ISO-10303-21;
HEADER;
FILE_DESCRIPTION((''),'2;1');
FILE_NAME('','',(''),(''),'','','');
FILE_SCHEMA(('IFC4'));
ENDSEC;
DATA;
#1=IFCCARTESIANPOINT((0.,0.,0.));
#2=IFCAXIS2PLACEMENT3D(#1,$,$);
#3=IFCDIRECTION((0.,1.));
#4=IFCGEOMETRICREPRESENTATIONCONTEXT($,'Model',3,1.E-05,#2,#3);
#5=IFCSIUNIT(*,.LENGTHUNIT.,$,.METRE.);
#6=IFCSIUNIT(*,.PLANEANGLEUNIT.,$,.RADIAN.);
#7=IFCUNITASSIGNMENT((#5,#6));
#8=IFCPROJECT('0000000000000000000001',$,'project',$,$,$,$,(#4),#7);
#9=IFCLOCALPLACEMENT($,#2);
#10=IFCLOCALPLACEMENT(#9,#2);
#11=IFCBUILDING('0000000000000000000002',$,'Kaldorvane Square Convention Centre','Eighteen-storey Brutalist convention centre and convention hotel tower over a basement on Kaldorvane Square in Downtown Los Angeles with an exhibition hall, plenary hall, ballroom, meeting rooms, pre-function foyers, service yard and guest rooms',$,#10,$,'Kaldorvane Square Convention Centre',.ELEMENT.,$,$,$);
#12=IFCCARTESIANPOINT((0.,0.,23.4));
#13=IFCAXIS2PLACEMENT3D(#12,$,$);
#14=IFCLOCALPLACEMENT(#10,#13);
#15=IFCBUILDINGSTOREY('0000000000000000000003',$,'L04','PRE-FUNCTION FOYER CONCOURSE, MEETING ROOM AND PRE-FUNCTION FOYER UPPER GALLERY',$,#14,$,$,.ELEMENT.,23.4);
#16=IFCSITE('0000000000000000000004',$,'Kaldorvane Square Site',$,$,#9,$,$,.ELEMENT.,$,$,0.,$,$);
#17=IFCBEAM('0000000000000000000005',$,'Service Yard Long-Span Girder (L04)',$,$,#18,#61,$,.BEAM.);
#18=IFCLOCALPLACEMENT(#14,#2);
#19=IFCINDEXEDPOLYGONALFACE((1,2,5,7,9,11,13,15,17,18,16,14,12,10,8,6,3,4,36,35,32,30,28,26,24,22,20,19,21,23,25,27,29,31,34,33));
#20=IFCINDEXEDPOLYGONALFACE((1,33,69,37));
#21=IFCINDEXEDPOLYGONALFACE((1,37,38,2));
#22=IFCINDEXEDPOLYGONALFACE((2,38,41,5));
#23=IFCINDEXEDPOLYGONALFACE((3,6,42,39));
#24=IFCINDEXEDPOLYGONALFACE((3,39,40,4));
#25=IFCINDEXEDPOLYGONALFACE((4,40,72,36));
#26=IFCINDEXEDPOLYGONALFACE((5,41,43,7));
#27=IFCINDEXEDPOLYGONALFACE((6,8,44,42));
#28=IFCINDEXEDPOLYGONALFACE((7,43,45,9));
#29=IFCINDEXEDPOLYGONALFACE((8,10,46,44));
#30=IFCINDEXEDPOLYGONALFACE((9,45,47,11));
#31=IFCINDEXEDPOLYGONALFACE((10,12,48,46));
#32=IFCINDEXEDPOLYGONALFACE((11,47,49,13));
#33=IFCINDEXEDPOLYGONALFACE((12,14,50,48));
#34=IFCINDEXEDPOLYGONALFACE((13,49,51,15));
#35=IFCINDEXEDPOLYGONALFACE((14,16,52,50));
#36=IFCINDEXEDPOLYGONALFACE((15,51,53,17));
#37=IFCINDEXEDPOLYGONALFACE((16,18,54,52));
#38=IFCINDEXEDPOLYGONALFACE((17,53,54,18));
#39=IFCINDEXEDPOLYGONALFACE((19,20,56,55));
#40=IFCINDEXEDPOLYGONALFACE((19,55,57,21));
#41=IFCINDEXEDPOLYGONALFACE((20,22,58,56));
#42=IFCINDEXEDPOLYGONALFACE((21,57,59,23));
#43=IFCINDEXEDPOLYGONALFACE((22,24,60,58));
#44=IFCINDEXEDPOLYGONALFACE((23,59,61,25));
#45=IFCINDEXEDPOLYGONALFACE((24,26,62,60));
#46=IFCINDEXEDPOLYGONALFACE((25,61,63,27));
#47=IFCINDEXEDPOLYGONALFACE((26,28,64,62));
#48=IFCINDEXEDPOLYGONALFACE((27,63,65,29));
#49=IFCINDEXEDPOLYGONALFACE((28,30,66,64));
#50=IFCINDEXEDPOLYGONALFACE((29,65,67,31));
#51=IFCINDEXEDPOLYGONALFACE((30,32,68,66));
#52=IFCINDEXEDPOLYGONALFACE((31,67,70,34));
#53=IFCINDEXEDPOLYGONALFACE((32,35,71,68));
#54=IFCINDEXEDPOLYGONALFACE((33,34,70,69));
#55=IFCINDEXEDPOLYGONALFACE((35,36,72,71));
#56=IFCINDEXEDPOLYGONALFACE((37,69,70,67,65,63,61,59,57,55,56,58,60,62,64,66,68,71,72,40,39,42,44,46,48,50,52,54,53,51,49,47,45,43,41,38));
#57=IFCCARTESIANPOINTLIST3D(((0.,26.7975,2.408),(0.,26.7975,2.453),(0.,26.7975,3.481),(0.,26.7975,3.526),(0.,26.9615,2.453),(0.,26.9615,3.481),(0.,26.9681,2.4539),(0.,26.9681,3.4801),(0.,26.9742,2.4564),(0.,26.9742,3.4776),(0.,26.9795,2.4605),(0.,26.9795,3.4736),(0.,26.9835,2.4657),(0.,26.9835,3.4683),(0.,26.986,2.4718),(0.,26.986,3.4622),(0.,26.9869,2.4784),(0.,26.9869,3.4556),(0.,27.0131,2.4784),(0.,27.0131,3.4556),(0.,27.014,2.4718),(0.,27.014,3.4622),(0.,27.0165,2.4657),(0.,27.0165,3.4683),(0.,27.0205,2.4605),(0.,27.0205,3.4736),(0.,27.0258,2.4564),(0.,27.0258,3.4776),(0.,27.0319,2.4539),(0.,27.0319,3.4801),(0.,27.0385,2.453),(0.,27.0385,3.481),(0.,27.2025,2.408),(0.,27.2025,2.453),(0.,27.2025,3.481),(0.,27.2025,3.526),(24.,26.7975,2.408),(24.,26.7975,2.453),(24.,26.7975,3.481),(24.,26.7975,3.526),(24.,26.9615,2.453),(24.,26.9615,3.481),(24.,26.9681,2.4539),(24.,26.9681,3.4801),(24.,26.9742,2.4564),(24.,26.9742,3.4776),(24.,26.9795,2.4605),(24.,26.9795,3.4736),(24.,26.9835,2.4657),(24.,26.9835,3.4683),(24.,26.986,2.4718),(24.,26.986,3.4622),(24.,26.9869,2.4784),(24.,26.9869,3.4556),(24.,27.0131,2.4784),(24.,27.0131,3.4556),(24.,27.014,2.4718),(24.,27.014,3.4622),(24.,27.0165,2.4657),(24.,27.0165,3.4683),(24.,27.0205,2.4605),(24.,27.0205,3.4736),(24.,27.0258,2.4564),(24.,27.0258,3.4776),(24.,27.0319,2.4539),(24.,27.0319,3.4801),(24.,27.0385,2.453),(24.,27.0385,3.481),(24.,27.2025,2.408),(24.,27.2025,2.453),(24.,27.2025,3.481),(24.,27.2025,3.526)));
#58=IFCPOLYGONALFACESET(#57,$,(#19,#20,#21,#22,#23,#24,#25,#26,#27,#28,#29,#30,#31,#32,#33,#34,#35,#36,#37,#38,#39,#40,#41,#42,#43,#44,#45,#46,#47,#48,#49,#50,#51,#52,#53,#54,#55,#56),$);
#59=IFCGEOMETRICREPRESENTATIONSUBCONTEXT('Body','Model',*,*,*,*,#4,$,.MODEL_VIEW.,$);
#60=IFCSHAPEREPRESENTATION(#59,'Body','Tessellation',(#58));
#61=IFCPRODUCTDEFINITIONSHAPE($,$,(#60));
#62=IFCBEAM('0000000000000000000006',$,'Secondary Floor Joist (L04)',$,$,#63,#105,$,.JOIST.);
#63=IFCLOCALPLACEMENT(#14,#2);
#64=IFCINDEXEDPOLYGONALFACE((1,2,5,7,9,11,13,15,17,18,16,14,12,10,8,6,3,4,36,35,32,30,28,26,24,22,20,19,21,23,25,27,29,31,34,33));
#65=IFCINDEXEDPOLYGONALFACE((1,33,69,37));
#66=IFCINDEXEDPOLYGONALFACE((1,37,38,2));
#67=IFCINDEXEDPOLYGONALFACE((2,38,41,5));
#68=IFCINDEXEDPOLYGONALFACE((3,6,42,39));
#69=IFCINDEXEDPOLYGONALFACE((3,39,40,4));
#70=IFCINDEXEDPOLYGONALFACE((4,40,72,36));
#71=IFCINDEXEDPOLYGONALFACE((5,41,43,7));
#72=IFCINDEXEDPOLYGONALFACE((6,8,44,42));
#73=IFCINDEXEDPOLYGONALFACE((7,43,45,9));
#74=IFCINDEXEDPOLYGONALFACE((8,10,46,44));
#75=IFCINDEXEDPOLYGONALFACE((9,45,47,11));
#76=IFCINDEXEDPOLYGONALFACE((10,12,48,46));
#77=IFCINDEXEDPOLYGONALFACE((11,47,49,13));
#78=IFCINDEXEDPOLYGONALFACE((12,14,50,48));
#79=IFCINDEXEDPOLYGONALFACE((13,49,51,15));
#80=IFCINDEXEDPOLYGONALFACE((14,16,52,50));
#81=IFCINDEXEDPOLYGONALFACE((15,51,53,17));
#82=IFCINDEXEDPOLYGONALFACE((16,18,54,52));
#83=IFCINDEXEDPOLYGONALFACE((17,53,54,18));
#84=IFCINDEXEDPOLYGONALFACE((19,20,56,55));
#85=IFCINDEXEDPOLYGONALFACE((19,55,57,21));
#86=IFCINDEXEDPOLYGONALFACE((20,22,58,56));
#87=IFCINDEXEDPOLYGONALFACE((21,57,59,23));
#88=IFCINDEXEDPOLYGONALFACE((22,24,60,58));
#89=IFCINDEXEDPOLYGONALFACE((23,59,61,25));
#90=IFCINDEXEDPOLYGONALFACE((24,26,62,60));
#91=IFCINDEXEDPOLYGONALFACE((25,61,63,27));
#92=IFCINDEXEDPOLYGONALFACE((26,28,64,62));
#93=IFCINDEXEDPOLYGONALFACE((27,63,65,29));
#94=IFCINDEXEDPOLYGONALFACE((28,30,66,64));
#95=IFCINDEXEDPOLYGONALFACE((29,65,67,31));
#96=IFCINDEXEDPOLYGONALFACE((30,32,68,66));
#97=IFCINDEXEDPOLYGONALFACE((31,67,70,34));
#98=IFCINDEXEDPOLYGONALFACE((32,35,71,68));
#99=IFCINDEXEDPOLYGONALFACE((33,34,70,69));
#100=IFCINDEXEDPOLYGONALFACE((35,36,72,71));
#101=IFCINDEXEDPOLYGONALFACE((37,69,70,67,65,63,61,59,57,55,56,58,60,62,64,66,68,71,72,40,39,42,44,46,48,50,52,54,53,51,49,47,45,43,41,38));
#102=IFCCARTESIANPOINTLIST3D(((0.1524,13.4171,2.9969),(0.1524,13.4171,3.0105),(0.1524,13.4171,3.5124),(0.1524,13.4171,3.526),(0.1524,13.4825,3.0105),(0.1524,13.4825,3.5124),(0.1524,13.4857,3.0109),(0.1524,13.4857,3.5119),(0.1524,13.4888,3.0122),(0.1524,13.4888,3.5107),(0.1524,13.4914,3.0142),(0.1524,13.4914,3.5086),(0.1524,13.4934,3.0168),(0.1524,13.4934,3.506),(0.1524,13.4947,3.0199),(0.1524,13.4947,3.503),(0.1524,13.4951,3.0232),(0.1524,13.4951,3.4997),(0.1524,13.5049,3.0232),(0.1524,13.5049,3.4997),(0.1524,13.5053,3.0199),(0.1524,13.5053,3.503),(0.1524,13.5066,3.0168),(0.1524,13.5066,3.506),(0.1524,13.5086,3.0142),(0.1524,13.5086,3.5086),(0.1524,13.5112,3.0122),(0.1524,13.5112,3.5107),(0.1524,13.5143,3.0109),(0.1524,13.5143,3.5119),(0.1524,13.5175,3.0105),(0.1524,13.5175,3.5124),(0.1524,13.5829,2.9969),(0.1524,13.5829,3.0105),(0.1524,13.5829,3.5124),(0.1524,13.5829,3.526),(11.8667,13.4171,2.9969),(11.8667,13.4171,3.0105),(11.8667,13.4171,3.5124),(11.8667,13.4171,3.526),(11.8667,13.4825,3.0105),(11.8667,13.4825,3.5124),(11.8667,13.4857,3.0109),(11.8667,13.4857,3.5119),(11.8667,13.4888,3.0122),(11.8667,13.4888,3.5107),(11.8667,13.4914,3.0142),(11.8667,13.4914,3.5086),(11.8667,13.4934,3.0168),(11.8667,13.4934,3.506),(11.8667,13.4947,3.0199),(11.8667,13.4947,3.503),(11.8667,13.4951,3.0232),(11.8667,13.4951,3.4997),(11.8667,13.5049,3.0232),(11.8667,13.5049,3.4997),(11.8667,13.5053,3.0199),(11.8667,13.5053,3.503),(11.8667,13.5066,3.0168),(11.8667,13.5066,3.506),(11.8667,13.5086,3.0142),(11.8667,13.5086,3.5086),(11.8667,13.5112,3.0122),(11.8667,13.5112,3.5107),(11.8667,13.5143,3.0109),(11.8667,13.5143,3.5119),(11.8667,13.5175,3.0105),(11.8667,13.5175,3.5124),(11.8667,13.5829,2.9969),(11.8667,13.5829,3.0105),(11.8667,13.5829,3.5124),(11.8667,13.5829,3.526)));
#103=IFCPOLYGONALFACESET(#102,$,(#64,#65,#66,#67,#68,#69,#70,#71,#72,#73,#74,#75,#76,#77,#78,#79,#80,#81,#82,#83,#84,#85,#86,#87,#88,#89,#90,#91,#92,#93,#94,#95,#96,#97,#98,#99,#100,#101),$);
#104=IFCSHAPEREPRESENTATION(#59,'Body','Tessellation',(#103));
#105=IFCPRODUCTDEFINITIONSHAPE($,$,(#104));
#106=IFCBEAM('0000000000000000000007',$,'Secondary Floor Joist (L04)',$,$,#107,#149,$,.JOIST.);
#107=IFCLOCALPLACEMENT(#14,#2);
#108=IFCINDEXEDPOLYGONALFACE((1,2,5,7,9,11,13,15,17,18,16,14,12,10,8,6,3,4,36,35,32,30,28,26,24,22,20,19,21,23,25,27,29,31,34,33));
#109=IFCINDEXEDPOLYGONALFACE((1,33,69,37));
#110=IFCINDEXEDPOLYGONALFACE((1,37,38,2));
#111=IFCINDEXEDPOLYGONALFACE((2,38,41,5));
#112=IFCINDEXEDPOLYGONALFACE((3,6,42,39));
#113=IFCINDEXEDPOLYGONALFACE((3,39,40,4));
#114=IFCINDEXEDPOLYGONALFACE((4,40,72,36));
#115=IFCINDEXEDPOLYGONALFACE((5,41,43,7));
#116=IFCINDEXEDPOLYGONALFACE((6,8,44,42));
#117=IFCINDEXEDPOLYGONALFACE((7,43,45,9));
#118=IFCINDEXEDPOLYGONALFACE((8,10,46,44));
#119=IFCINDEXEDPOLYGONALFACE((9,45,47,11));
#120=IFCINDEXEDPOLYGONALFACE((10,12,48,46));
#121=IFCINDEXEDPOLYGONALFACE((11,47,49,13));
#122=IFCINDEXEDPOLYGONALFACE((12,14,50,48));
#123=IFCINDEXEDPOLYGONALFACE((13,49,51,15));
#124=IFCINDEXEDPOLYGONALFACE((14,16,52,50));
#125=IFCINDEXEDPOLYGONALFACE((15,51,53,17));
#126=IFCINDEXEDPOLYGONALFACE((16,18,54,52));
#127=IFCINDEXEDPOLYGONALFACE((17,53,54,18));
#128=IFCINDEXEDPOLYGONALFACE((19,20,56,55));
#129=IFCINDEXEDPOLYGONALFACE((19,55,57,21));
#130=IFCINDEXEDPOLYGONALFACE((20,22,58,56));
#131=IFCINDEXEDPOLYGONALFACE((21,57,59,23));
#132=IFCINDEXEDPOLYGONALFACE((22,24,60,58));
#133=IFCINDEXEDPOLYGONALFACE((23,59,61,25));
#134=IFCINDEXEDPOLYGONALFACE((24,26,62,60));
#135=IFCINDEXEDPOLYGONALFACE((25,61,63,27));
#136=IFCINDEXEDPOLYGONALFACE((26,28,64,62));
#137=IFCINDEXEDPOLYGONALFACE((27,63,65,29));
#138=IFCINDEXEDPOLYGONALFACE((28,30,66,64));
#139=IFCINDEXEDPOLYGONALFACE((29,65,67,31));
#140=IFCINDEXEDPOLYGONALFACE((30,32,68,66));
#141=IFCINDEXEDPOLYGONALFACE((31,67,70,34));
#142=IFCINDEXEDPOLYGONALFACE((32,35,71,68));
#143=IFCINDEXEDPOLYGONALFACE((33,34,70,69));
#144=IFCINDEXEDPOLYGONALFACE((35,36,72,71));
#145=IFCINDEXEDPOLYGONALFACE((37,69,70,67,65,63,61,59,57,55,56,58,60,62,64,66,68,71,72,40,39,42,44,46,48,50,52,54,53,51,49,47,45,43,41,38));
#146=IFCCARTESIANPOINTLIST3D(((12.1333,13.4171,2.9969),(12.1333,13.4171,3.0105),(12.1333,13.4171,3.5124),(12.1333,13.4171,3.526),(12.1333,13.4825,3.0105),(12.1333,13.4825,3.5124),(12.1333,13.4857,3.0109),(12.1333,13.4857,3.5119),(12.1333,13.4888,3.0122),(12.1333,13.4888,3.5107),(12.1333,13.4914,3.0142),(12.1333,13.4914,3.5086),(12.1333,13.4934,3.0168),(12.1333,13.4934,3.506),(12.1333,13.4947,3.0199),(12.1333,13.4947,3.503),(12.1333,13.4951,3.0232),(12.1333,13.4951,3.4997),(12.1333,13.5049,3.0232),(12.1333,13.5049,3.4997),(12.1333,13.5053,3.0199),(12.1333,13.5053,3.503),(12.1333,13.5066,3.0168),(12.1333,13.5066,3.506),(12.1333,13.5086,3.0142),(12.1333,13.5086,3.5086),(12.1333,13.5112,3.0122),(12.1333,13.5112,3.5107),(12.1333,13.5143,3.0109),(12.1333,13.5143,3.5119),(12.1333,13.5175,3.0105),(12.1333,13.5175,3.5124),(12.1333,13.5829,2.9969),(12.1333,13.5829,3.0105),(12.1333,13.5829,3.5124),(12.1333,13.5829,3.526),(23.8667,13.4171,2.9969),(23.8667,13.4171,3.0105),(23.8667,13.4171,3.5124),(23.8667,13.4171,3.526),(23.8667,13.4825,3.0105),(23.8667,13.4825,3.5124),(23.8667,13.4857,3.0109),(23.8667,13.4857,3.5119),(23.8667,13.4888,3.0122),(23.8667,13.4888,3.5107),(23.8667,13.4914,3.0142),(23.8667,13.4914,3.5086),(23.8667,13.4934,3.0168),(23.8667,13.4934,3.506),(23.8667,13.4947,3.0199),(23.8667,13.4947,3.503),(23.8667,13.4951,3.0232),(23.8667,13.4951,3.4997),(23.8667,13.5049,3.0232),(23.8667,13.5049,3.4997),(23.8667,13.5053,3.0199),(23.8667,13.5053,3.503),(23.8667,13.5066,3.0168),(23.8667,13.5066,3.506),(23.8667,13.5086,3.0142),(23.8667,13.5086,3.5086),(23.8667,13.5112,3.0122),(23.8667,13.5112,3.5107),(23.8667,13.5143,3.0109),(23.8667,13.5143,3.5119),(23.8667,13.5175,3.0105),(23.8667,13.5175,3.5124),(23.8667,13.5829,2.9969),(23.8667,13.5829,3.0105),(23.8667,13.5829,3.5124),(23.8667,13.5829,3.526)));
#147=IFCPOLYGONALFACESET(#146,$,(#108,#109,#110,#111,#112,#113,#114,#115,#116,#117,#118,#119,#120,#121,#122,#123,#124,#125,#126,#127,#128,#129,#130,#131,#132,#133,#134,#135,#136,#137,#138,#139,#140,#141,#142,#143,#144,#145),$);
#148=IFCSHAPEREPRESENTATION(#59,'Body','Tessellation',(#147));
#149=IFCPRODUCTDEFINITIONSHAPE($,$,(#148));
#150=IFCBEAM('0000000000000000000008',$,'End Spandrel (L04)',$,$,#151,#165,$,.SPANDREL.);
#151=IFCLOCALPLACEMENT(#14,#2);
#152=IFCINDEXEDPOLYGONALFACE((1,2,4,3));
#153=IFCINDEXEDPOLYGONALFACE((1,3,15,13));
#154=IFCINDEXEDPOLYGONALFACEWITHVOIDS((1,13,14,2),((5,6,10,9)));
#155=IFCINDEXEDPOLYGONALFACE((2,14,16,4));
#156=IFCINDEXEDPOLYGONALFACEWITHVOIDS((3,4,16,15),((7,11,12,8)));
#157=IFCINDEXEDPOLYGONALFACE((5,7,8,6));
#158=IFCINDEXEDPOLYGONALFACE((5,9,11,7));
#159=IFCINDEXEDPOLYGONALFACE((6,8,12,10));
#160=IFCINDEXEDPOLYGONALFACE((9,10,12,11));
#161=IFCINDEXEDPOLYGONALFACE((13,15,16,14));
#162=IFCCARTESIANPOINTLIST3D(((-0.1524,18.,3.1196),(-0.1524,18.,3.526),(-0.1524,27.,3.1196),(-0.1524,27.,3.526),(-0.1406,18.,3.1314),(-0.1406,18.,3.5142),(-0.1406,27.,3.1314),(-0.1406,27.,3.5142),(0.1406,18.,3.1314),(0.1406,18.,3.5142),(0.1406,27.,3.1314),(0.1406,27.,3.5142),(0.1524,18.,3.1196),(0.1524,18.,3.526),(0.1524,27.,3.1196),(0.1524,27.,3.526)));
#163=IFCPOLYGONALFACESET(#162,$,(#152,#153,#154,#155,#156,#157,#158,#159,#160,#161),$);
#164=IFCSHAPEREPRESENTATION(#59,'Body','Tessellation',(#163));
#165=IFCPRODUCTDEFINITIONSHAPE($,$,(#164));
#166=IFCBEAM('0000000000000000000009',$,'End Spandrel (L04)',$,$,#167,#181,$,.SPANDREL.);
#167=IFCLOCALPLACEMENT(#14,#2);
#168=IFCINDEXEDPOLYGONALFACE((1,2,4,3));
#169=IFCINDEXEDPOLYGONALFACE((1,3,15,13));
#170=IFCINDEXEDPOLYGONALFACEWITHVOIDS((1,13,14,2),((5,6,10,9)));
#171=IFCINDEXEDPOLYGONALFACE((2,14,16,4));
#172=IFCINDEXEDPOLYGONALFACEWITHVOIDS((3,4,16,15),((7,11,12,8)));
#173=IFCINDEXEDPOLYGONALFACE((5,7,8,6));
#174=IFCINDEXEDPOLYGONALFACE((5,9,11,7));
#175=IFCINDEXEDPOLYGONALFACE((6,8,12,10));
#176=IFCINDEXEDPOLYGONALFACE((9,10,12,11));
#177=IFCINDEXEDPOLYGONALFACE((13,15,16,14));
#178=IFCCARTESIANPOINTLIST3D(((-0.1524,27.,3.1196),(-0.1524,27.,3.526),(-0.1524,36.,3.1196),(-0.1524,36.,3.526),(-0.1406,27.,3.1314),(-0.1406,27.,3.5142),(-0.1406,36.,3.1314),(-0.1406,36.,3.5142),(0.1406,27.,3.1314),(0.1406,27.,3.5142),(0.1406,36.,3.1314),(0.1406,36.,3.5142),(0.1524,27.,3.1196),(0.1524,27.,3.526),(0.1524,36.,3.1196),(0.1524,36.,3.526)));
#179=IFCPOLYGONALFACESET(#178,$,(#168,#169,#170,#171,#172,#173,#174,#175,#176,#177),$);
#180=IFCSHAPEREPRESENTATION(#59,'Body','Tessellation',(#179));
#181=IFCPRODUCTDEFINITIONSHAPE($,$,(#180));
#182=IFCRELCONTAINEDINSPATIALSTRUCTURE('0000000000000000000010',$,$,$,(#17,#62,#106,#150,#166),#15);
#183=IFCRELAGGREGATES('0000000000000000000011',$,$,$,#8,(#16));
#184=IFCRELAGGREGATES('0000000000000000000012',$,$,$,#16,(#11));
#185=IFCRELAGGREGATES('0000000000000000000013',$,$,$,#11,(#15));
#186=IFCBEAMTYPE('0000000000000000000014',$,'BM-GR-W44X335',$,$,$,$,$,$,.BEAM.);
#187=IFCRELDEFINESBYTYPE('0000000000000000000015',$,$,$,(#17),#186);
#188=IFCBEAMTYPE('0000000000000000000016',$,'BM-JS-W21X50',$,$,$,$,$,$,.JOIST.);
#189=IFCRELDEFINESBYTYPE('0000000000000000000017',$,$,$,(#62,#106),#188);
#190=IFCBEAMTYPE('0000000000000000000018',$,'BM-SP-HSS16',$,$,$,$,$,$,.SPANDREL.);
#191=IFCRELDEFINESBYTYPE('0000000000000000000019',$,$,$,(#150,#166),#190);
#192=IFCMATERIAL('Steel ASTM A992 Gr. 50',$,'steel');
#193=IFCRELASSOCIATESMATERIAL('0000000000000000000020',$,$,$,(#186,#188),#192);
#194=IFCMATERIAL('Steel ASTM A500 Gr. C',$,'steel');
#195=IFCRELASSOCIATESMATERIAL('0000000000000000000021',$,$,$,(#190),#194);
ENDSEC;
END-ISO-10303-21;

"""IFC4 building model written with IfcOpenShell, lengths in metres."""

from ifc_helpers import new_model, si_unit, direction, frame, origin, origin_2d, place, context, subcontext, project, spatial, hollow_rectangle, i_section, extrude, material, material_profile, profile_set, type_object, element, save


model = new_model("IFC4")

# Units and contexts
model_context = context("Model", 3, precision=1e-05, world=origin(), true_north=direction((0.0, 1.0)))
body_context = subcontext(model_context, "Body", "Model", "MODEL_VIEW")
ifc_project = project(units=[si_unit("LENGTHUNIT", "METRE"), si_unit("PLANEANGLEUNIT", "RADIAN")], contexts=[model_context])

# Site, building, storey
site_placement = place(None, origin())
site = spatial("IfcSite", under=ifc_project, at=site_placement, Name="Kaldorvane Square Site", CompositionType="ELEMENT", RefElevation=0.0)
building_placement = place(site_placement, origin())
building = spatial("IfcBuilding", under=site, at=building_placement, Name="Kaldorvane Square Convention Centre", Description="Eighteen-storey Brutalist convention centre and convention hotel tower over a basement on Kaldorvane Square in Downtown Los Angeles with an exhibition hall, plenary hall, ballroom, meeting rooms, pre-function foyers, service yard and guest rooms", LongName="Kaldorvane Square Convention Centre", CompositionType="ELEMENT")
storey_placement = place(building_placement, frame((0.0, 0.0, 23.4)))
storey = spatial("IfcBuildingStorey", under=building, at=storey_placement, Name="L04", Description="PRE-FUNCTION FOYER CONCOURSE, MEETING ROOM AND PRE-FUNCTION FOYER UPPER GALLERY", CompositionType="ELEMENT", Elevation=23.4)

# Shared definitions
ifc_material_1 = material(Name="Steel ASTM A500 Gr. C", Category="steel")
ifc_material_2 = material(Name="Steel ASTM A992 Gr. 50", Category="steel")

# Beams
ifc_material_profile_1 = material_profile(ifc_material_2, i_section(OverallWidth=0.405, OverallDepth=1.118, WebThickness=0.0262, FlangeThickness=0.045, FilletRadius=0.0254, at=origin_2d()), Name="W44X335")
ifc_profile_set_1 = profile_set([ifc_material_profile_1], Name="Steel ASTM A992 Gr. 50")
beam_type_1 = type_object("IfcBeamType", Name="BM-GR-W44X335", PredefinedType="BEAM", material=ifc_profile_set_1)
beam_1_placement = place(storey_placement, frame((0.0, 27.0, 2.967), z_axis=(1.0, 0.0, 0.0), x_axis=(0.0, 1.0, 0.0)))
element("IfcBeam", 1, at=beam_1_placement, inside=storey, type_object=beam_type_1, Name="Service Yard Long-Span Girder (L04)", PredefinedType="BEAM", context=body_context, shape_type="SweptSolid", body=[
    extrude(i_section(OverallWidth=0.405, OverallDepth=1.118, WebThickness=0.0262, FlangeThickness=0.045, FilletRadius=0.0254, at=origin_2d()), origin(), (0.0, 0.0, 1.0), 24.0),
])
ifc_material_profile_2 = material_profile(ifc_material_2, i_section(OverallWidth=0.1659, OverallDepth=0.5291, WebThickness=0.0097, FlangeThickness=0.0136, FilletRadius=0.0127, at=origin_2d()), Name="W21X50")
ifc_profile_set_2 = profile_set([ifc_material_profile_2], Name="Steel ASTM A992 Gr. 50")
beam_type_2 = type_object("IfcBeamType", Name="BM-JS-W21X50", PredefinedType="JOIST", material=ifc_profile_set_2)
beam_2_placement = place(storey_placement, frame((0.1524, 13.5, 3.2614), z_axis=(1.0, 0.0, 0.0), x_axis=(0.0, 1.0, 0.0)))
element("IfcBeam", 2, at=beam_2_placement, inside=storey, type_object=beam_type_2, Name="Secondary Floor Joist (L04)", PredefinedType="JOIST", context=body_context, shape_type="SweptSolid", body=[
    extrude(i_section(OverallWidth=0.1659, OverallDepth=0.5291, WebThickness=0.0097, FlangeThickness=0.0136, FilletRadius=0.0127, at=origin_2d()), origin(), (0.0, 0.0, 1.0), 11.7143),
])
beam_3_placement = place(storey_placement, frame((12.1333, 13.5, 3.2614), z_axis=(1.0, 0.0, 0.0), x_axis=(0.0, 1.0, 0.0)))
element("IfcBeam", 3, at=beam_3_placement, inside=storey, type_object=beam_type_2, Name="Secondary Floor Joist (L04)", PredefinedType="JOIST", context=body_context, shape_type="SweptSolid", body=[
    extrude(i_section(OverallWidth=0.1659, OverallDepth=0.5291, WebThickness=0.0097, FlangeThickness=0.0136, FilletRadius=0.0127, at=origin_2d()), origin(), (0.0, 0.0, 1.0), 11.7334),
])
ifc_material_profile_3 = material_profile(ifc_material_1, hollow_rectangle(XDim=0.3048, YDim=0.4064, WallThickness=0.0118, at=origin_2d()), Name="HSS16X12X1/2")
ifc_profile_set_3 = profile_set([ifc_material_profile_3], Name="Steel ASTM A500 Gr. C")
beam_type_3 = type_object("IfcBeamType", Name="BM-SP-HSS16", PredefinedType="SPANDREL", material=ifc_profile_set_3)
for number, where, z_axis, x_axis, name in (
    (4, (0.0, 18.0, 3.3228), (0.0, 1.0, 0.0), (-1.0, 0.0, 0.0), "End Spandrel (L04)"),
    (5, (0.0, 27.0, 3.3228), (0.0, 1.0, 0.0), (-1.0, 0.0, 0.0), "End Spandrel (L04)"),
):
    element("IfcBeam", number, at=place(storey_placement, frame(where, z_axis=z_axis, x_axis=x_axis)), inside=storey, type_object=beam_type_3, Name=name, PredefinedType="SPANDREL", context=body_context, shape_type="SweptSolid", body=[
        extrude(hollow_rectangle(XDim=0.3048, YDim=0.4064, WallThickness=0.0118, at=origin_2d()), origin(), (0.0, 0.0, 1.0), 9.0),
    ])

save(model, "model.ifc")
